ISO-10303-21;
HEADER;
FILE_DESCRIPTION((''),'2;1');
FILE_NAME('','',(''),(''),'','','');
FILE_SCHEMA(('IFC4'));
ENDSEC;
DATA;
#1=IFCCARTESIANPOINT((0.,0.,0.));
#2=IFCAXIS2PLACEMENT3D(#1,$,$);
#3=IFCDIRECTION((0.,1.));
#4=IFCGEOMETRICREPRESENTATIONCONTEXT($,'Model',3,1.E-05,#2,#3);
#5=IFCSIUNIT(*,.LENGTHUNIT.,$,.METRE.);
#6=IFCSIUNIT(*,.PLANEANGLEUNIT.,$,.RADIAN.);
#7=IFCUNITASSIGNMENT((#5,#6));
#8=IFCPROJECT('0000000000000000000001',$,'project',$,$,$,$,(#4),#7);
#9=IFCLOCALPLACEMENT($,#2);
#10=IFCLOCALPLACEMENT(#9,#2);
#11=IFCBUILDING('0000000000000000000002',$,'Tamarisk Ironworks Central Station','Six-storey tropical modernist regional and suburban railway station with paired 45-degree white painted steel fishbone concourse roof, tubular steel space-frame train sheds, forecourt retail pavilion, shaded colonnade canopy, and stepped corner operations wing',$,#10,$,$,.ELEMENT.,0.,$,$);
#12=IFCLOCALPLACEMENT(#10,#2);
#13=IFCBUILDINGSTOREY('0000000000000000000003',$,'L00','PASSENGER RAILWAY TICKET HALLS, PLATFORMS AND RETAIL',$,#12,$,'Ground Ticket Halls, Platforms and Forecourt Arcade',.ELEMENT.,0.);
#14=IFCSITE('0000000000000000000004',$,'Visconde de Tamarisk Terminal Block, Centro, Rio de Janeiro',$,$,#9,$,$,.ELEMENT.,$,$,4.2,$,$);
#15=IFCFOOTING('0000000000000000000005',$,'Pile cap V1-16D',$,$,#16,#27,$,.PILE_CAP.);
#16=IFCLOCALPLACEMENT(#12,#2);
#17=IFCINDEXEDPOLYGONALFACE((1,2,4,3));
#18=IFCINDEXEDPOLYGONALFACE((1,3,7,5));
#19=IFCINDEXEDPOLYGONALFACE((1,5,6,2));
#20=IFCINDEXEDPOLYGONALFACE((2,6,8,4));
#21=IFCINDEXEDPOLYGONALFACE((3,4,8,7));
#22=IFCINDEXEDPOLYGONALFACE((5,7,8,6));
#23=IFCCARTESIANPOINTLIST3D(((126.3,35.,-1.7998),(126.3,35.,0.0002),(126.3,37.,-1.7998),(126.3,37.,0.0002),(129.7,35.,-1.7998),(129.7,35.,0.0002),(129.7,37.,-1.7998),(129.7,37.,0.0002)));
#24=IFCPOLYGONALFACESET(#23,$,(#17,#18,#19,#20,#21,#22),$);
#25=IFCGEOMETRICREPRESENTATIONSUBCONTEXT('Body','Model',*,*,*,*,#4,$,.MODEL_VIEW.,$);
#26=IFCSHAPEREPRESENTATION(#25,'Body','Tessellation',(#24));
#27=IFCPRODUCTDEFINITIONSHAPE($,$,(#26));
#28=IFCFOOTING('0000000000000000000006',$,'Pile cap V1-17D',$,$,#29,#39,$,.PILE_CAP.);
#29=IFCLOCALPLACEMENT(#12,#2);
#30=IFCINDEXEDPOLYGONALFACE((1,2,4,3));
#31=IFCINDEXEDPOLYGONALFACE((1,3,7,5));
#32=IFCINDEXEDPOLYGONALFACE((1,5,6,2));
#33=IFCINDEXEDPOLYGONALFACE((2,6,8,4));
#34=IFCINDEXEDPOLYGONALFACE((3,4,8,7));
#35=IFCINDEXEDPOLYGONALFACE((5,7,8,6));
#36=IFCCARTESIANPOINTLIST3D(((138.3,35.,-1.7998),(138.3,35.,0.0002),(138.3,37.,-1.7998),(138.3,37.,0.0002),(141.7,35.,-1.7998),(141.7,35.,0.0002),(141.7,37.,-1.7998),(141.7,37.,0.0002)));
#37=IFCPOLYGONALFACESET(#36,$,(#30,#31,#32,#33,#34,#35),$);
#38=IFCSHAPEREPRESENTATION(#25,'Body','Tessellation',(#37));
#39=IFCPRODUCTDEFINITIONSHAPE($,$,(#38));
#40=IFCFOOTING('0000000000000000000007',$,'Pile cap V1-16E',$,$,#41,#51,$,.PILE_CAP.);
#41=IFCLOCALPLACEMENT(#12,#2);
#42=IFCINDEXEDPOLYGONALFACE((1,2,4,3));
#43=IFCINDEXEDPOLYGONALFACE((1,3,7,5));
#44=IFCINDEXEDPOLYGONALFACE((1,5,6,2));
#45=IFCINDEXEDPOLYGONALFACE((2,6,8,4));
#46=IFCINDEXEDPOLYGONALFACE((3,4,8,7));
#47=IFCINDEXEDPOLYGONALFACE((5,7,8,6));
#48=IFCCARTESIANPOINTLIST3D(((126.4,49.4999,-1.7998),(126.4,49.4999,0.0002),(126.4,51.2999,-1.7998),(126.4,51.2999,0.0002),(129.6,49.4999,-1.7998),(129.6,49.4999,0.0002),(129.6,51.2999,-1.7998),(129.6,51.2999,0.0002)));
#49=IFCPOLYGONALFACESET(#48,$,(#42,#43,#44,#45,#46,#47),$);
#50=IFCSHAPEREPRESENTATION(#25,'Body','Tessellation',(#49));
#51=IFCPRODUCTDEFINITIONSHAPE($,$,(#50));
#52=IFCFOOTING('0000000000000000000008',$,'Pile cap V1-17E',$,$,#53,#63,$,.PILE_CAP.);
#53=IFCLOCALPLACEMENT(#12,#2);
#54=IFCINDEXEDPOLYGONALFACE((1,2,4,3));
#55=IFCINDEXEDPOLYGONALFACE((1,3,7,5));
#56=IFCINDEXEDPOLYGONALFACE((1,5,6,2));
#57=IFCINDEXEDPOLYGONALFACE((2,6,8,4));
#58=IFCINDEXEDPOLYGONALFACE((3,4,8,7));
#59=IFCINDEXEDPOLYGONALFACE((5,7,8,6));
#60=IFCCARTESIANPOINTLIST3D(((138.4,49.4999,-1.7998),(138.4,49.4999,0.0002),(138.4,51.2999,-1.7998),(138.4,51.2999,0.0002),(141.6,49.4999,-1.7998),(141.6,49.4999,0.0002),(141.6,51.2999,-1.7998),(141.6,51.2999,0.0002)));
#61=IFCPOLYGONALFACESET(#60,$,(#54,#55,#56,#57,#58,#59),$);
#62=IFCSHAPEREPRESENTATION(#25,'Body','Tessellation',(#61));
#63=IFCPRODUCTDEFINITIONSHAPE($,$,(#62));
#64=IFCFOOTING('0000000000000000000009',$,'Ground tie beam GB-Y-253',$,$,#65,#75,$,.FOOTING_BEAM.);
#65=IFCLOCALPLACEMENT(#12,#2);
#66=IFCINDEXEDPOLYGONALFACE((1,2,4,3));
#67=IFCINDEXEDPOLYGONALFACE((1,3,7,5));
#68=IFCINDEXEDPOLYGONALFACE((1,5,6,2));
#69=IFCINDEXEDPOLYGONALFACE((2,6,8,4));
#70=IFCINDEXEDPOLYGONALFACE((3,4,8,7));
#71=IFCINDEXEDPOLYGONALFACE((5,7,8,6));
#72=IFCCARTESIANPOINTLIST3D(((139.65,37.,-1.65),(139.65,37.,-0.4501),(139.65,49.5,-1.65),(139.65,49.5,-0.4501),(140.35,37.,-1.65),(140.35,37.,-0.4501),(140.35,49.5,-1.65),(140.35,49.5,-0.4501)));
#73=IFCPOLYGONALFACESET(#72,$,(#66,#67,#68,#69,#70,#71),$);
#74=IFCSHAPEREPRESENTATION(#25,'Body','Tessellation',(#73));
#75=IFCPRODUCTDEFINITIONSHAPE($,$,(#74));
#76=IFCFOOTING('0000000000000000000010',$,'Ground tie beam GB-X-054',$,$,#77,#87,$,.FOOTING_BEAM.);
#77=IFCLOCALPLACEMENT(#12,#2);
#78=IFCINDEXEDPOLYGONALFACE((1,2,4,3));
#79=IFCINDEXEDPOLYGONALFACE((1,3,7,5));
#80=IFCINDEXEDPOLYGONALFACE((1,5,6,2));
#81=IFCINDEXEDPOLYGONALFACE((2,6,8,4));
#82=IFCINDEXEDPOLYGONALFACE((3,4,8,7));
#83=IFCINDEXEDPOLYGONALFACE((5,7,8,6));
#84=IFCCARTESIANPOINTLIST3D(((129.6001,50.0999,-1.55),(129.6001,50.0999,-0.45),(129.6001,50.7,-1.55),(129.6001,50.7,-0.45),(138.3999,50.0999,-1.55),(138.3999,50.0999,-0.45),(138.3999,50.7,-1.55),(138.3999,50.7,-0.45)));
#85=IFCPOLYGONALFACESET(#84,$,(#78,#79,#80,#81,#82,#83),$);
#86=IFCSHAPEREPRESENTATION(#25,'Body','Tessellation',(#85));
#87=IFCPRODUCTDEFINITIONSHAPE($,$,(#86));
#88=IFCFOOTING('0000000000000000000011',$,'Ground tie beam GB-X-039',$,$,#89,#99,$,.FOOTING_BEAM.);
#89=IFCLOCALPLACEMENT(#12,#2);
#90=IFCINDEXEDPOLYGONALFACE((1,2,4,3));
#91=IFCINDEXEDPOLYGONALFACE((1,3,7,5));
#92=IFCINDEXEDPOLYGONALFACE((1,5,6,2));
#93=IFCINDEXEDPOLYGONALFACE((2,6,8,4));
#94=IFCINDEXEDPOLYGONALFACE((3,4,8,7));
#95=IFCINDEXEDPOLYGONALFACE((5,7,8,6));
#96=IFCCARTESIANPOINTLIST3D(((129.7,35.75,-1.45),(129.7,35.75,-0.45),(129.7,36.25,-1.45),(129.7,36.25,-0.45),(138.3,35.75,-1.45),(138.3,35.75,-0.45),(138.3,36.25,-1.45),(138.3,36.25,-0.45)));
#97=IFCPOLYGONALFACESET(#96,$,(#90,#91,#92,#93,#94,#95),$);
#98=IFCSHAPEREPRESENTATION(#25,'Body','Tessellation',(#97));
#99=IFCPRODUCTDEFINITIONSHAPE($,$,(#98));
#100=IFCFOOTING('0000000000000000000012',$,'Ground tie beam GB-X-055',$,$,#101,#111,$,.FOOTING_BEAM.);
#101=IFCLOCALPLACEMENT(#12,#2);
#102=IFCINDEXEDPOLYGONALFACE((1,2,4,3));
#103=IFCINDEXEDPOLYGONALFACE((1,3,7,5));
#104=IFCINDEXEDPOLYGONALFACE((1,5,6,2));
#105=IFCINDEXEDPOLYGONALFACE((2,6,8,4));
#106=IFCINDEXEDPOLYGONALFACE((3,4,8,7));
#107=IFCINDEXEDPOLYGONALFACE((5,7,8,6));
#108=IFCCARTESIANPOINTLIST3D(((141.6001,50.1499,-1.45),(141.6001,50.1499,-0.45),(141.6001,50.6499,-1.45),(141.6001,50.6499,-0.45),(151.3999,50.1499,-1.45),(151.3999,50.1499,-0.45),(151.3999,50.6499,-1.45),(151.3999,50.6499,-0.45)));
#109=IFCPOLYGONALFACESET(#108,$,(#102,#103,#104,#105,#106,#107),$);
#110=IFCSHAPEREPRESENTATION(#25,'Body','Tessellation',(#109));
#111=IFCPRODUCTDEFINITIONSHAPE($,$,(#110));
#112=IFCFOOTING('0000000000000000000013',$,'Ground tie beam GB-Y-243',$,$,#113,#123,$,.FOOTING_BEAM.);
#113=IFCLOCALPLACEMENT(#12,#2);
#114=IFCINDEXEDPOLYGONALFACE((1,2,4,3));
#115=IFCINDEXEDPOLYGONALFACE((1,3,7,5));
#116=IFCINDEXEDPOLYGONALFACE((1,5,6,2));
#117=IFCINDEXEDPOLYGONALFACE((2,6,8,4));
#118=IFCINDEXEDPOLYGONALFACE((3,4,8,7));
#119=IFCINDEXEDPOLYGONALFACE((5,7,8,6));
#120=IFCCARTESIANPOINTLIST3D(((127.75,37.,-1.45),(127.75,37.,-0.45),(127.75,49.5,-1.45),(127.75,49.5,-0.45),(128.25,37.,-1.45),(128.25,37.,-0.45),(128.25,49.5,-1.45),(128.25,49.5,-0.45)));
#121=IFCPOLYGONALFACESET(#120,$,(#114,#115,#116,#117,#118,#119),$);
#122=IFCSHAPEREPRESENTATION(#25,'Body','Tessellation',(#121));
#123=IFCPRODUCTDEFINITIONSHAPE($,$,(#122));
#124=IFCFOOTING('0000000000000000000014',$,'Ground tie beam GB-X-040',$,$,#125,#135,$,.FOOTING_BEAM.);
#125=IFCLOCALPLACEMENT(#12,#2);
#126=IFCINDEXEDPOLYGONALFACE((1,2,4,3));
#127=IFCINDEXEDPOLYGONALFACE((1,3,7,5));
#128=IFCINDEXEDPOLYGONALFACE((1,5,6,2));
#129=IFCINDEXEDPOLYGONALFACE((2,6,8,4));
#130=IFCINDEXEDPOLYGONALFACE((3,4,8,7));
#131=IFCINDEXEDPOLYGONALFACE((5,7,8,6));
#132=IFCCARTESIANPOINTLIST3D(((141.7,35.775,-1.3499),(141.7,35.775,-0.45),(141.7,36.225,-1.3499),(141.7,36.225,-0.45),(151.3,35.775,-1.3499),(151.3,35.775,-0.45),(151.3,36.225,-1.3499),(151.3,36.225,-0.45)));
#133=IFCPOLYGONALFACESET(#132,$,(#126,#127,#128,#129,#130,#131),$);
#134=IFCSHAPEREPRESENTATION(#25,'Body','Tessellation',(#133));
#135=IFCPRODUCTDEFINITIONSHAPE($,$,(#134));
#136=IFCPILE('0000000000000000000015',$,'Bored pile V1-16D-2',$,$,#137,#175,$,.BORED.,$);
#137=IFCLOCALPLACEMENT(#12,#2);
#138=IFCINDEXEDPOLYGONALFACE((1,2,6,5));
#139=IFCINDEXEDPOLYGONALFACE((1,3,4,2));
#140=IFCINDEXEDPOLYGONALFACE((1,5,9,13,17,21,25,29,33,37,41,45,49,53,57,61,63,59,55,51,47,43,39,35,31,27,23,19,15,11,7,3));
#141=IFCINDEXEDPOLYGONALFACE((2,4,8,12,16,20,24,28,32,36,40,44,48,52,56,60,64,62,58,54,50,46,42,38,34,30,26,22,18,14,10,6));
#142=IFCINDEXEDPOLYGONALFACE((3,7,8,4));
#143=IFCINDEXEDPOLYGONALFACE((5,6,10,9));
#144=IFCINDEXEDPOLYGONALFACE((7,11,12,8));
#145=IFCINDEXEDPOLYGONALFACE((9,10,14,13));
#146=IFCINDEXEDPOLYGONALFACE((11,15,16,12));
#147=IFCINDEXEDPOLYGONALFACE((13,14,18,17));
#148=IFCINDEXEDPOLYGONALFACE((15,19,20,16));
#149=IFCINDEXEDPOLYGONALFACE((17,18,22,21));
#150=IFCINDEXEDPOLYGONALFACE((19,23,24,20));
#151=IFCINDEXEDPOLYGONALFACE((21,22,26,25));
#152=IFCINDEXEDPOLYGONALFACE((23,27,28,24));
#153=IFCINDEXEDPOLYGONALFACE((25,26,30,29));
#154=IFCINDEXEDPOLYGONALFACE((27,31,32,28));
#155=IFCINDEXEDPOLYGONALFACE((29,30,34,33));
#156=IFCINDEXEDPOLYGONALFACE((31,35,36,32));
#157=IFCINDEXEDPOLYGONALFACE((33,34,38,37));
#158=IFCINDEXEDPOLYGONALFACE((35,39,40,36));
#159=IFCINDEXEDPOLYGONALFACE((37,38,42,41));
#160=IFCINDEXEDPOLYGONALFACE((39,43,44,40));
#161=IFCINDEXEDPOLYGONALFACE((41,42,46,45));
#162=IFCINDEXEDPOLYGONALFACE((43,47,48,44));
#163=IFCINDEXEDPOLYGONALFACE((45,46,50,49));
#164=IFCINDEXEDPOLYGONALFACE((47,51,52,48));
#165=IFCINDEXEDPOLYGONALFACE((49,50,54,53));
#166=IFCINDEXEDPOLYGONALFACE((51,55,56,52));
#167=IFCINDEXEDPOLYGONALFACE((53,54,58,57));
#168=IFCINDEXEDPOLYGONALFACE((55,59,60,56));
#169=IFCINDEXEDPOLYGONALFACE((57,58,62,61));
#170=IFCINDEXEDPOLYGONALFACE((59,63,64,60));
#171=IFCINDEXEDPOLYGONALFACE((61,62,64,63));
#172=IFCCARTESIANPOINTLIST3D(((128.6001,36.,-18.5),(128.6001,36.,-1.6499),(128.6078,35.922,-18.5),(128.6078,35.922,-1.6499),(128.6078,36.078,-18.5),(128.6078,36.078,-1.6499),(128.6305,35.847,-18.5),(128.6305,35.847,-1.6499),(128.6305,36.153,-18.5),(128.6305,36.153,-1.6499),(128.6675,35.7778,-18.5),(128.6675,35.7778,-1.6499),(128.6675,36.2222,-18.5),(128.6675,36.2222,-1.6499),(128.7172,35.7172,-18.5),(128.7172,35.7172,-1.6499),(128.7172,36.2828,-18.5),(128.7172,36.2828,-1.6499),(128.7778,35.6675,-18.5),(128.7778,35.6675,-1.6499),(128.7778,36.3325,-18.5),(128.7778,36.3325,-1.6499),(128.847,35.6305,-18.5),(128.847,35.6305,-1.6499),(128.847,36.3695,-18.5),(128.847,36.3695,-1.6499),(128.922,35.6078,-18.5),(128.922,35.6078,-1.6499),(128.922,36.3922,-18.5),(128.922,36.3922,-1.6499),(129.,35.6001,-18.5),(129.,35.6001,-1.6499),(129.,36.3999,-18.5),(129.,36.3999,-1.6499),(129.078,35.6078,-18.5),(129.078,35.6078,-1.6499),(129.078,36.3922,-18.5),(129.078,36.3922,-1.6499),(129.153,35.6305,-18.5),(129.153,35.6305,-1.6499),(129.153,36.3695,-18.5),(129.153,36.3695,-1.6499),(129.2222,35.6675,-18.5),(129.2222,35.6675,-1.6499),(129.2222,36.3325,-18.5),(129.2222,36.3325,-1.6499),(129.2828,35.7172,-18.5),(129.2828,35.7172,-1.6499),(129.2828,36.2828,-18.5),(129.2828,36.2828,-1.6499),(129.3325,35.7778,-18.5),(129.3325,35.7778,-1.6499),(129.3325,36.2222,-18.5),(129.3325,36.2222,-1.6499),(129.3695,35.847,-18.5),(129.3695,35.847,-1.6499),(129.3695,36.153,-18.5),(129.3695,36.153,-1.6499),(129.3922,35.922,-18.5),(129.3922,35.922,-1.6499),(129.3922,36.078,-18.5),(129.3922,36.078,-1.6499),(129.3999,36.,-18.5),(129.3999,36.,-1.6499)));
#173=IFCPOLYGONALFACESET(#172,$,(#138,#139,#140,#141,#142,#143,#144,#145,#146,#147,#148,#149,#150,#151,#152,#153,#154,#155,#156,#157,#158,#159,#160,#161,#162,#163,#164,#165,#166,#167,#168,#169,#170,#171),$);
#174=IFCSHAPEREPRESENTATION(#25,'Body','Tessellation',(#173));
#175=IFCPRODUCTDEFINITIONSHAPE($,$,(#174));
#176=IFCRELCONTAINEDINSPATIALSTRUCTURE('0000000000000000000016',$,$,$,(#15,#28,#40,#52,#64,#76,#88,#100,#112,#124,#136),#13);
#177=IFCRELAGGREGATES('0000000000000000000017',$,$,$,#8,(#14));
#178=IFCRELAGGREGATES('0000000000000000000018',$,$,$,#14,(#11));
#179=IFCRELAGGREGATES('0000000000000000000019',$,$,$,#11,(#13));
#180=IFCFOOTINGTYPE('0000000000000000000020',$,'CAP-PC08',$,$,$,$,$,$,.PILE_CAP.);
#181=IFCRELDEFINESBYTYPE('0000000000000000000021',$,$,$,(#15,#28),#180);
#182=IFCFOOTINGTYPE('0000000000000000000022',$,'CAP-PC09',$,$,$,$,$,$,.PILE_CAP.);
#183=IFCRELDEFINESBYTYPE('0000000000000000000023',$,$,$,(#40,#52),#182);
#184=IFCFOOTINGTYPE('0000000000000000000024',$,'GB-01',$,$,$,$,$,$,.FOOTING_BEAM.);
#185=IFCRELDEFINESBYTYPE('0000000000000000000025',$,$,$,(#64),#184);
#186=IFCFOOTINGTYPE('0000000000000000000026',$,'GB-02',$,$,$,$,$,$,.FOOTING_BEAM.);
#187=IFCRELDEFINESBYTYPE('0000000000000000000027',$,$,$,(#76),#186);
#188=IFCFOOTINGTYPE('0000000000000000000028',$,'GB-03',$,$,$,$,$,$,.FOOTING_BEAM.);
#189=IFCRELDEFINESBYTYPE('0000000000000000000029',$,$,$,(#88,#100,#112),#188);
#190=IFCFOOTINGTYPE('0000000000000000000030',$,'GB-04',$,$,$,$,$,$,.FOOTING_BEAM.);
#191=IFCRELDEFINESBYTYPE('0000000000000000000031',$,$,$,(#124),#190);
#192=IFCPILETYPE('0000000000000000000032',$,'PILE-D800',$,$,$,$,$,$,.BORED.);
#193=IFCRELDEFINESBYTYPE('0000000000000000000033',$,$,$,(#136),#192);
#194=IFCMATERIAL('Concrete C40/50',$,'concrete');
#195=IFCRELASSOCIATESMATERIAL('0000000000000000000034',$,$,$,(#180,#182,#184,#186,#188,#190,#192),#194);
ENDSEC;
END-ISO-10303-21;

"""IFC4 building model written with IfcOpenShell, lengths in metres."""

from ifc_helpers import new_model, si_unit, direction, frame, origin, origin_2d, place, context, subcontext, project, spatial, rectangle, circle, extrude, material, material_profile, profile_set, type_object, element, save


model = new_model("IFC4")

# Units and contexts
model_context = context("Model", 3, precision=1e-05, world=origin(), true_north=direction((0.0, 1.0)))
body_context = subcontext(model_context, "Body", "Model", "MODEL_VIEW")
ifc_project = project(units=[si_unit("LENGTHUNIT", "METRE"), si_unit("PLANEANGLEUNIT", "RADIAN")], contexts=[model_context])

# Site, building, storey
site_placement = place(None, origin())
site = spatial("IfcSite", under=ifc_project, at=site_placement, Name="Visconde de Tamarisk Terminal Block, Centro, Rio de Janeiro", CompositionType="ELEMENT", RefElevation=4.2)
building_placement = place(site_placement, origin())
building = spatial("IfcBuilding", under=site, at=building_placement, Name="Tamarisk Ironworks Central Station", Description="Six-storey tropical modernist regional and suburban railway station with paired 45-degree white painted steel fishbone concourse roof, tubular steel space-frame train sheds, forecourt retail pavilion, shaded colonnade canopy, and stepped corner operations wing", CompositionType="ELEMENT", ElevationOfRefHeight=0.0)
storey_placement = place(building_placement, origin())
storey = spatial("IfcBuildingStorey", under=building, at=storey_placement, Name="L00", Description="PASSENGER RAILWAY TICKET HALLS, PLATFORMS AND RETAIL", LongName="Ground Ticket Halls, Platforms and Forecourt Arcade", CompositionType="ELEMENT", Elevation=0.0)

# Footings
ifc_material_1 = material(Name="Concrete C40/50", Category="concrete")
footing_type_1 = type_object("IfcFootingType", Name="CAP-PC08", PredefinedType="PILE_CAP", material=ifc_material_1)
for number, where, z_axis, x_axis, name in (
    (1, (128.0, 36.0, -1.7998), (0.0, 0.0, 1.0), (1.0, 0.0, 0.0), "Pile cap V1-16D"),
    (2, (140.0, 36.0, -1.7998), (0.0, 0.0, 1.0), (1.0, 0.0, 0.0), "Pile cap V1-17D"),
):
    element("IfcFooting", number, at=place(storey_placement, frame(where, z_axis=z_axis, x_axis=x_axis)), inside=storey, type_object=footing_type_1, Name=name, PredefinedType="PILE_CAP", context=body_context, shape_type="SweptSolid", body=[
        extrude(rectangle(XDim=3.3999, YDim=2.0, at=origin_2d()), origin(), (0.0, 0.0, 1.0), 1.8),
    ])
footing_type_2 = type_object("IfcFootingType", Name="CAP-PC09", PredefinedType="PILE_CAP", material=ifc_material_1)
for number, where, z_axis, x_axis, name in (
    (3, (128.0, 50.3999, -1.7998), (0.0, 0.0, 1.0), (1.0, 0.0, 0.0), "Pile cap V1-16E"),
    (4, (140.0, 50.3999, -1.7998), (0.0, 0.0, 1.0), (1.0, 0.0, 0.0), "Pile cap V1-17E"),
):
    element("IfcFooting", number, at=place(storey_placement, frame(where, z_axis=z_axis, x_axis=x_axis)), inside=storey, type_object=footing_type_2, Name=name, PredefinedType="PILE_CAP", context=body_context, shape_type="SweptSolid", body=[
        extrude(rectangle(XDim=3.2, YDim=1.8, at=origin_2d()), origin(), (0.0, 0.0, 1.0), 1.8),
    ])
ifc_material_profile_1 = material_profile(ifc_material_1, rectangle(XDim=0.7, YDim=1.2, at=origin_2d()), Name="GB01 700x1200")
ifc_profile_set_1 = profile_set([ifc_material_profile_1], Name="Concrete C40/50")
footing_type_3 = type_object("IfcFootingType", Name="GB-01", PredefinedType="FOOTING_BEAM", material=ifc_profile_set_1)
footing_1_placement = place(storey_placement, frame((140.0, 37.0, -1.05), z_axis=(0.0, 1.0, 0.0), x_axis=(-1.0, 0.0, 0.0)))
element("IfcFooting", 5, at=footing_1_placement, inside=storey, type_object=footing_type_3, Name="Ground tie beam GB-Y-253", PredefinedType="FOOTING_BEAM", context=body_context, shape_type="SweptSolid", body=[
    extrude(rectangle(XDim=0.7, YDim=1.2, at=origin_2d()), origin(), (0.0, 0.0, 1.0), 12.5),
])
ifc_material_profile_2 = material_profile(ifc_material_1, rectangle(XDim=0.6001, YDim=1.1001, at=origin_2d()), Name="GB02 600x1100")
ifc_profile_set_2 = profile_set([ifc_material_profile_2], Name="Concrete C40/50")
footing_type_4 = type_object("IfcFootingType", Name="GB-02", PredefinedType="FOOTING_BEAM", material=ifc_profile_set_2)
footing_2_placement = place(storey_placement, frame((129.6001, 50.3999, -1.0), z_axis=(1.0, 0.0, 0.0), x_axis=(0.0, 1.0, 0.0)))
element("IfcFooting", 6, at=footing_2_placement, inside=storey, type_object=footing_type_4, Name="Ground tie beam GB-X-054", PredefinedType="FOOTING_BEAM", context=body_context, shape_type="SweptSolid", body=[
    extrude(rectangle(XDim=0.6001, YDim=1.1001, at=origin_2d()), origin(), (0.0, 0.0, 1.0), 8.7998),
])
ifc_material_profile_3 = material_profile(ifc_material_1, rectangle(XDim=0.5, YDim=1.0, at=origin_2d()), Name="GB03 500x1000")
ifc_profile_set_3 = profile_set([ifc_material_profile_3], Name="Concrete C40/50")
footing_type_5 = type_object("IfcFootingType", Name="GB-03", PredefinedType="FOOTING_BEAM", material=ifc_profile_set_3)
footing_3_placement = place(storey_placement, frame((129.7, 36.0, -0.95), z_axis=(1.0, 0.0, 0.0), x_axis=(0.0, 1.0, 0.0)))
element("IfcFooting", 7, at=footing_3_placement, inside=storey, type_object=footing_type_5, Name="Ground tie beam GB-X-039", PredefinedType="FOOTING_BEAM", context=body_context, shape_type="SweptSolid", body=[
    extrude(rectangle(XDim=0.5, YDim=1.0, at=origin_2d()), origin(), (0.0, 0.0, 1.0), 8.6001),
])
footing_4_placement = place(storey_placement, frame((141.6001, 50.3999, -0.95), z_axis=(1.0, 0.0, 0.0), x_axis=(0.0, 1.0, 0.0)))
element("IfcFooting", 8, at=footing_4_placement, inside=storey, type_object=footing_type_5, Name="Ground tie beam GB-X-055", PredefinedType="FOOTING_BEAM", context=body_context, shape_type="SweptSolid", body=[
    extrude(rectangle(XDim=0.5, YDim=1.0, at=origin_2d()), origin(), (0.0, 0.0, 1.0), 9.7998),
])
footing_5_placement = place(storey_placement, frame((128.0, 37.0, -0.95), z_axis=(0.0, 1.0, 0.0), x_axis=(-1.0, 0.0, 0.0)))
element("IfcFooting", 9, at=footing_5_placement, inside=storey, type_object=footing_type_5, Name="Ground tie beam GB-Y-243", PredefinedType="FOOTING_BEAM", context=body_context, shape_type="SweptSolid", body=[
    extrude(rectangle(XDim=0.5, YDim=1.0, at=origin_2d()), origin(), (0.0, 0.0, 1.0), 12.5),
])
ifc_material_profile_4 = material_profile(ifc_material_1, rectangle(XDim=0.45, YDim=0.8999, at=origin_2d()), Name="GB04 450x900")
ifc_profile_set_4 = profile_set([ifc_material_profile_4], Name="Concrete C40/50")
footing_type_6 = type_object("IfcFootingType", Name="GB-04", PredefinedType="FOOTING_BEAM", material=ifc_profile_set_4)
footing_6_placement = place(storey_placement, frame((141.7, 36.0, -0.8999), z_axis=(1.0, 0.0, 0.0), x_axis=(0.0, 1.0, 0.0)))
element("IfcFooting", 10, at=footing_6_placement, inside=storey, type_object=footing_type_6, Name="Ground tie beam GB-X-040", PredefinedType="FOOTING_BEAM", context=body_context, shape_type="SweptSolid", body=[
    extrude(rectangle(XDim=0.45, YDim=0.8999, at=origin_2d()), origin(), (0.0, 0.0, 1.0), 9.6001),
])

# Pile
ifc_material_profile_5 = material_profile(ifc_material_1, circle(Radius=0.3999, at=origin_2d()), Name="BORED PILE D800")
ifc_profile_set_5 = profile_set([ifc_material_profile_5], Name="Concrete C40/50")
pile_type = type_object("IfcPileType", Name="PILE-D800", PredefinedType="BORED", material=ifc_profile_set_5)
for number, where, z_axis, x_axis, name in (
    (11, (129.0, 36.0, -1.6499), (0.0, 0.0, -1.0), (1.0, 0.0, 0.0), "Bored pile V1-16D-2"),
):
    element("IfcPile", number, at=place(storey_placement, frame(where, z_axis=z_axis, x_axis=x_axis)), inside=storey, type_object=pile_type, Name=name, PredefinedType="BORED", context=body_context, shape_type="SweptSolid", body=[
        extrude(circle(Radius=0.3999, at=origin_2d()), origin(), (0.0, 0.0, 1.0), 16.8501),
    ])

save(model, "model.ifc")
